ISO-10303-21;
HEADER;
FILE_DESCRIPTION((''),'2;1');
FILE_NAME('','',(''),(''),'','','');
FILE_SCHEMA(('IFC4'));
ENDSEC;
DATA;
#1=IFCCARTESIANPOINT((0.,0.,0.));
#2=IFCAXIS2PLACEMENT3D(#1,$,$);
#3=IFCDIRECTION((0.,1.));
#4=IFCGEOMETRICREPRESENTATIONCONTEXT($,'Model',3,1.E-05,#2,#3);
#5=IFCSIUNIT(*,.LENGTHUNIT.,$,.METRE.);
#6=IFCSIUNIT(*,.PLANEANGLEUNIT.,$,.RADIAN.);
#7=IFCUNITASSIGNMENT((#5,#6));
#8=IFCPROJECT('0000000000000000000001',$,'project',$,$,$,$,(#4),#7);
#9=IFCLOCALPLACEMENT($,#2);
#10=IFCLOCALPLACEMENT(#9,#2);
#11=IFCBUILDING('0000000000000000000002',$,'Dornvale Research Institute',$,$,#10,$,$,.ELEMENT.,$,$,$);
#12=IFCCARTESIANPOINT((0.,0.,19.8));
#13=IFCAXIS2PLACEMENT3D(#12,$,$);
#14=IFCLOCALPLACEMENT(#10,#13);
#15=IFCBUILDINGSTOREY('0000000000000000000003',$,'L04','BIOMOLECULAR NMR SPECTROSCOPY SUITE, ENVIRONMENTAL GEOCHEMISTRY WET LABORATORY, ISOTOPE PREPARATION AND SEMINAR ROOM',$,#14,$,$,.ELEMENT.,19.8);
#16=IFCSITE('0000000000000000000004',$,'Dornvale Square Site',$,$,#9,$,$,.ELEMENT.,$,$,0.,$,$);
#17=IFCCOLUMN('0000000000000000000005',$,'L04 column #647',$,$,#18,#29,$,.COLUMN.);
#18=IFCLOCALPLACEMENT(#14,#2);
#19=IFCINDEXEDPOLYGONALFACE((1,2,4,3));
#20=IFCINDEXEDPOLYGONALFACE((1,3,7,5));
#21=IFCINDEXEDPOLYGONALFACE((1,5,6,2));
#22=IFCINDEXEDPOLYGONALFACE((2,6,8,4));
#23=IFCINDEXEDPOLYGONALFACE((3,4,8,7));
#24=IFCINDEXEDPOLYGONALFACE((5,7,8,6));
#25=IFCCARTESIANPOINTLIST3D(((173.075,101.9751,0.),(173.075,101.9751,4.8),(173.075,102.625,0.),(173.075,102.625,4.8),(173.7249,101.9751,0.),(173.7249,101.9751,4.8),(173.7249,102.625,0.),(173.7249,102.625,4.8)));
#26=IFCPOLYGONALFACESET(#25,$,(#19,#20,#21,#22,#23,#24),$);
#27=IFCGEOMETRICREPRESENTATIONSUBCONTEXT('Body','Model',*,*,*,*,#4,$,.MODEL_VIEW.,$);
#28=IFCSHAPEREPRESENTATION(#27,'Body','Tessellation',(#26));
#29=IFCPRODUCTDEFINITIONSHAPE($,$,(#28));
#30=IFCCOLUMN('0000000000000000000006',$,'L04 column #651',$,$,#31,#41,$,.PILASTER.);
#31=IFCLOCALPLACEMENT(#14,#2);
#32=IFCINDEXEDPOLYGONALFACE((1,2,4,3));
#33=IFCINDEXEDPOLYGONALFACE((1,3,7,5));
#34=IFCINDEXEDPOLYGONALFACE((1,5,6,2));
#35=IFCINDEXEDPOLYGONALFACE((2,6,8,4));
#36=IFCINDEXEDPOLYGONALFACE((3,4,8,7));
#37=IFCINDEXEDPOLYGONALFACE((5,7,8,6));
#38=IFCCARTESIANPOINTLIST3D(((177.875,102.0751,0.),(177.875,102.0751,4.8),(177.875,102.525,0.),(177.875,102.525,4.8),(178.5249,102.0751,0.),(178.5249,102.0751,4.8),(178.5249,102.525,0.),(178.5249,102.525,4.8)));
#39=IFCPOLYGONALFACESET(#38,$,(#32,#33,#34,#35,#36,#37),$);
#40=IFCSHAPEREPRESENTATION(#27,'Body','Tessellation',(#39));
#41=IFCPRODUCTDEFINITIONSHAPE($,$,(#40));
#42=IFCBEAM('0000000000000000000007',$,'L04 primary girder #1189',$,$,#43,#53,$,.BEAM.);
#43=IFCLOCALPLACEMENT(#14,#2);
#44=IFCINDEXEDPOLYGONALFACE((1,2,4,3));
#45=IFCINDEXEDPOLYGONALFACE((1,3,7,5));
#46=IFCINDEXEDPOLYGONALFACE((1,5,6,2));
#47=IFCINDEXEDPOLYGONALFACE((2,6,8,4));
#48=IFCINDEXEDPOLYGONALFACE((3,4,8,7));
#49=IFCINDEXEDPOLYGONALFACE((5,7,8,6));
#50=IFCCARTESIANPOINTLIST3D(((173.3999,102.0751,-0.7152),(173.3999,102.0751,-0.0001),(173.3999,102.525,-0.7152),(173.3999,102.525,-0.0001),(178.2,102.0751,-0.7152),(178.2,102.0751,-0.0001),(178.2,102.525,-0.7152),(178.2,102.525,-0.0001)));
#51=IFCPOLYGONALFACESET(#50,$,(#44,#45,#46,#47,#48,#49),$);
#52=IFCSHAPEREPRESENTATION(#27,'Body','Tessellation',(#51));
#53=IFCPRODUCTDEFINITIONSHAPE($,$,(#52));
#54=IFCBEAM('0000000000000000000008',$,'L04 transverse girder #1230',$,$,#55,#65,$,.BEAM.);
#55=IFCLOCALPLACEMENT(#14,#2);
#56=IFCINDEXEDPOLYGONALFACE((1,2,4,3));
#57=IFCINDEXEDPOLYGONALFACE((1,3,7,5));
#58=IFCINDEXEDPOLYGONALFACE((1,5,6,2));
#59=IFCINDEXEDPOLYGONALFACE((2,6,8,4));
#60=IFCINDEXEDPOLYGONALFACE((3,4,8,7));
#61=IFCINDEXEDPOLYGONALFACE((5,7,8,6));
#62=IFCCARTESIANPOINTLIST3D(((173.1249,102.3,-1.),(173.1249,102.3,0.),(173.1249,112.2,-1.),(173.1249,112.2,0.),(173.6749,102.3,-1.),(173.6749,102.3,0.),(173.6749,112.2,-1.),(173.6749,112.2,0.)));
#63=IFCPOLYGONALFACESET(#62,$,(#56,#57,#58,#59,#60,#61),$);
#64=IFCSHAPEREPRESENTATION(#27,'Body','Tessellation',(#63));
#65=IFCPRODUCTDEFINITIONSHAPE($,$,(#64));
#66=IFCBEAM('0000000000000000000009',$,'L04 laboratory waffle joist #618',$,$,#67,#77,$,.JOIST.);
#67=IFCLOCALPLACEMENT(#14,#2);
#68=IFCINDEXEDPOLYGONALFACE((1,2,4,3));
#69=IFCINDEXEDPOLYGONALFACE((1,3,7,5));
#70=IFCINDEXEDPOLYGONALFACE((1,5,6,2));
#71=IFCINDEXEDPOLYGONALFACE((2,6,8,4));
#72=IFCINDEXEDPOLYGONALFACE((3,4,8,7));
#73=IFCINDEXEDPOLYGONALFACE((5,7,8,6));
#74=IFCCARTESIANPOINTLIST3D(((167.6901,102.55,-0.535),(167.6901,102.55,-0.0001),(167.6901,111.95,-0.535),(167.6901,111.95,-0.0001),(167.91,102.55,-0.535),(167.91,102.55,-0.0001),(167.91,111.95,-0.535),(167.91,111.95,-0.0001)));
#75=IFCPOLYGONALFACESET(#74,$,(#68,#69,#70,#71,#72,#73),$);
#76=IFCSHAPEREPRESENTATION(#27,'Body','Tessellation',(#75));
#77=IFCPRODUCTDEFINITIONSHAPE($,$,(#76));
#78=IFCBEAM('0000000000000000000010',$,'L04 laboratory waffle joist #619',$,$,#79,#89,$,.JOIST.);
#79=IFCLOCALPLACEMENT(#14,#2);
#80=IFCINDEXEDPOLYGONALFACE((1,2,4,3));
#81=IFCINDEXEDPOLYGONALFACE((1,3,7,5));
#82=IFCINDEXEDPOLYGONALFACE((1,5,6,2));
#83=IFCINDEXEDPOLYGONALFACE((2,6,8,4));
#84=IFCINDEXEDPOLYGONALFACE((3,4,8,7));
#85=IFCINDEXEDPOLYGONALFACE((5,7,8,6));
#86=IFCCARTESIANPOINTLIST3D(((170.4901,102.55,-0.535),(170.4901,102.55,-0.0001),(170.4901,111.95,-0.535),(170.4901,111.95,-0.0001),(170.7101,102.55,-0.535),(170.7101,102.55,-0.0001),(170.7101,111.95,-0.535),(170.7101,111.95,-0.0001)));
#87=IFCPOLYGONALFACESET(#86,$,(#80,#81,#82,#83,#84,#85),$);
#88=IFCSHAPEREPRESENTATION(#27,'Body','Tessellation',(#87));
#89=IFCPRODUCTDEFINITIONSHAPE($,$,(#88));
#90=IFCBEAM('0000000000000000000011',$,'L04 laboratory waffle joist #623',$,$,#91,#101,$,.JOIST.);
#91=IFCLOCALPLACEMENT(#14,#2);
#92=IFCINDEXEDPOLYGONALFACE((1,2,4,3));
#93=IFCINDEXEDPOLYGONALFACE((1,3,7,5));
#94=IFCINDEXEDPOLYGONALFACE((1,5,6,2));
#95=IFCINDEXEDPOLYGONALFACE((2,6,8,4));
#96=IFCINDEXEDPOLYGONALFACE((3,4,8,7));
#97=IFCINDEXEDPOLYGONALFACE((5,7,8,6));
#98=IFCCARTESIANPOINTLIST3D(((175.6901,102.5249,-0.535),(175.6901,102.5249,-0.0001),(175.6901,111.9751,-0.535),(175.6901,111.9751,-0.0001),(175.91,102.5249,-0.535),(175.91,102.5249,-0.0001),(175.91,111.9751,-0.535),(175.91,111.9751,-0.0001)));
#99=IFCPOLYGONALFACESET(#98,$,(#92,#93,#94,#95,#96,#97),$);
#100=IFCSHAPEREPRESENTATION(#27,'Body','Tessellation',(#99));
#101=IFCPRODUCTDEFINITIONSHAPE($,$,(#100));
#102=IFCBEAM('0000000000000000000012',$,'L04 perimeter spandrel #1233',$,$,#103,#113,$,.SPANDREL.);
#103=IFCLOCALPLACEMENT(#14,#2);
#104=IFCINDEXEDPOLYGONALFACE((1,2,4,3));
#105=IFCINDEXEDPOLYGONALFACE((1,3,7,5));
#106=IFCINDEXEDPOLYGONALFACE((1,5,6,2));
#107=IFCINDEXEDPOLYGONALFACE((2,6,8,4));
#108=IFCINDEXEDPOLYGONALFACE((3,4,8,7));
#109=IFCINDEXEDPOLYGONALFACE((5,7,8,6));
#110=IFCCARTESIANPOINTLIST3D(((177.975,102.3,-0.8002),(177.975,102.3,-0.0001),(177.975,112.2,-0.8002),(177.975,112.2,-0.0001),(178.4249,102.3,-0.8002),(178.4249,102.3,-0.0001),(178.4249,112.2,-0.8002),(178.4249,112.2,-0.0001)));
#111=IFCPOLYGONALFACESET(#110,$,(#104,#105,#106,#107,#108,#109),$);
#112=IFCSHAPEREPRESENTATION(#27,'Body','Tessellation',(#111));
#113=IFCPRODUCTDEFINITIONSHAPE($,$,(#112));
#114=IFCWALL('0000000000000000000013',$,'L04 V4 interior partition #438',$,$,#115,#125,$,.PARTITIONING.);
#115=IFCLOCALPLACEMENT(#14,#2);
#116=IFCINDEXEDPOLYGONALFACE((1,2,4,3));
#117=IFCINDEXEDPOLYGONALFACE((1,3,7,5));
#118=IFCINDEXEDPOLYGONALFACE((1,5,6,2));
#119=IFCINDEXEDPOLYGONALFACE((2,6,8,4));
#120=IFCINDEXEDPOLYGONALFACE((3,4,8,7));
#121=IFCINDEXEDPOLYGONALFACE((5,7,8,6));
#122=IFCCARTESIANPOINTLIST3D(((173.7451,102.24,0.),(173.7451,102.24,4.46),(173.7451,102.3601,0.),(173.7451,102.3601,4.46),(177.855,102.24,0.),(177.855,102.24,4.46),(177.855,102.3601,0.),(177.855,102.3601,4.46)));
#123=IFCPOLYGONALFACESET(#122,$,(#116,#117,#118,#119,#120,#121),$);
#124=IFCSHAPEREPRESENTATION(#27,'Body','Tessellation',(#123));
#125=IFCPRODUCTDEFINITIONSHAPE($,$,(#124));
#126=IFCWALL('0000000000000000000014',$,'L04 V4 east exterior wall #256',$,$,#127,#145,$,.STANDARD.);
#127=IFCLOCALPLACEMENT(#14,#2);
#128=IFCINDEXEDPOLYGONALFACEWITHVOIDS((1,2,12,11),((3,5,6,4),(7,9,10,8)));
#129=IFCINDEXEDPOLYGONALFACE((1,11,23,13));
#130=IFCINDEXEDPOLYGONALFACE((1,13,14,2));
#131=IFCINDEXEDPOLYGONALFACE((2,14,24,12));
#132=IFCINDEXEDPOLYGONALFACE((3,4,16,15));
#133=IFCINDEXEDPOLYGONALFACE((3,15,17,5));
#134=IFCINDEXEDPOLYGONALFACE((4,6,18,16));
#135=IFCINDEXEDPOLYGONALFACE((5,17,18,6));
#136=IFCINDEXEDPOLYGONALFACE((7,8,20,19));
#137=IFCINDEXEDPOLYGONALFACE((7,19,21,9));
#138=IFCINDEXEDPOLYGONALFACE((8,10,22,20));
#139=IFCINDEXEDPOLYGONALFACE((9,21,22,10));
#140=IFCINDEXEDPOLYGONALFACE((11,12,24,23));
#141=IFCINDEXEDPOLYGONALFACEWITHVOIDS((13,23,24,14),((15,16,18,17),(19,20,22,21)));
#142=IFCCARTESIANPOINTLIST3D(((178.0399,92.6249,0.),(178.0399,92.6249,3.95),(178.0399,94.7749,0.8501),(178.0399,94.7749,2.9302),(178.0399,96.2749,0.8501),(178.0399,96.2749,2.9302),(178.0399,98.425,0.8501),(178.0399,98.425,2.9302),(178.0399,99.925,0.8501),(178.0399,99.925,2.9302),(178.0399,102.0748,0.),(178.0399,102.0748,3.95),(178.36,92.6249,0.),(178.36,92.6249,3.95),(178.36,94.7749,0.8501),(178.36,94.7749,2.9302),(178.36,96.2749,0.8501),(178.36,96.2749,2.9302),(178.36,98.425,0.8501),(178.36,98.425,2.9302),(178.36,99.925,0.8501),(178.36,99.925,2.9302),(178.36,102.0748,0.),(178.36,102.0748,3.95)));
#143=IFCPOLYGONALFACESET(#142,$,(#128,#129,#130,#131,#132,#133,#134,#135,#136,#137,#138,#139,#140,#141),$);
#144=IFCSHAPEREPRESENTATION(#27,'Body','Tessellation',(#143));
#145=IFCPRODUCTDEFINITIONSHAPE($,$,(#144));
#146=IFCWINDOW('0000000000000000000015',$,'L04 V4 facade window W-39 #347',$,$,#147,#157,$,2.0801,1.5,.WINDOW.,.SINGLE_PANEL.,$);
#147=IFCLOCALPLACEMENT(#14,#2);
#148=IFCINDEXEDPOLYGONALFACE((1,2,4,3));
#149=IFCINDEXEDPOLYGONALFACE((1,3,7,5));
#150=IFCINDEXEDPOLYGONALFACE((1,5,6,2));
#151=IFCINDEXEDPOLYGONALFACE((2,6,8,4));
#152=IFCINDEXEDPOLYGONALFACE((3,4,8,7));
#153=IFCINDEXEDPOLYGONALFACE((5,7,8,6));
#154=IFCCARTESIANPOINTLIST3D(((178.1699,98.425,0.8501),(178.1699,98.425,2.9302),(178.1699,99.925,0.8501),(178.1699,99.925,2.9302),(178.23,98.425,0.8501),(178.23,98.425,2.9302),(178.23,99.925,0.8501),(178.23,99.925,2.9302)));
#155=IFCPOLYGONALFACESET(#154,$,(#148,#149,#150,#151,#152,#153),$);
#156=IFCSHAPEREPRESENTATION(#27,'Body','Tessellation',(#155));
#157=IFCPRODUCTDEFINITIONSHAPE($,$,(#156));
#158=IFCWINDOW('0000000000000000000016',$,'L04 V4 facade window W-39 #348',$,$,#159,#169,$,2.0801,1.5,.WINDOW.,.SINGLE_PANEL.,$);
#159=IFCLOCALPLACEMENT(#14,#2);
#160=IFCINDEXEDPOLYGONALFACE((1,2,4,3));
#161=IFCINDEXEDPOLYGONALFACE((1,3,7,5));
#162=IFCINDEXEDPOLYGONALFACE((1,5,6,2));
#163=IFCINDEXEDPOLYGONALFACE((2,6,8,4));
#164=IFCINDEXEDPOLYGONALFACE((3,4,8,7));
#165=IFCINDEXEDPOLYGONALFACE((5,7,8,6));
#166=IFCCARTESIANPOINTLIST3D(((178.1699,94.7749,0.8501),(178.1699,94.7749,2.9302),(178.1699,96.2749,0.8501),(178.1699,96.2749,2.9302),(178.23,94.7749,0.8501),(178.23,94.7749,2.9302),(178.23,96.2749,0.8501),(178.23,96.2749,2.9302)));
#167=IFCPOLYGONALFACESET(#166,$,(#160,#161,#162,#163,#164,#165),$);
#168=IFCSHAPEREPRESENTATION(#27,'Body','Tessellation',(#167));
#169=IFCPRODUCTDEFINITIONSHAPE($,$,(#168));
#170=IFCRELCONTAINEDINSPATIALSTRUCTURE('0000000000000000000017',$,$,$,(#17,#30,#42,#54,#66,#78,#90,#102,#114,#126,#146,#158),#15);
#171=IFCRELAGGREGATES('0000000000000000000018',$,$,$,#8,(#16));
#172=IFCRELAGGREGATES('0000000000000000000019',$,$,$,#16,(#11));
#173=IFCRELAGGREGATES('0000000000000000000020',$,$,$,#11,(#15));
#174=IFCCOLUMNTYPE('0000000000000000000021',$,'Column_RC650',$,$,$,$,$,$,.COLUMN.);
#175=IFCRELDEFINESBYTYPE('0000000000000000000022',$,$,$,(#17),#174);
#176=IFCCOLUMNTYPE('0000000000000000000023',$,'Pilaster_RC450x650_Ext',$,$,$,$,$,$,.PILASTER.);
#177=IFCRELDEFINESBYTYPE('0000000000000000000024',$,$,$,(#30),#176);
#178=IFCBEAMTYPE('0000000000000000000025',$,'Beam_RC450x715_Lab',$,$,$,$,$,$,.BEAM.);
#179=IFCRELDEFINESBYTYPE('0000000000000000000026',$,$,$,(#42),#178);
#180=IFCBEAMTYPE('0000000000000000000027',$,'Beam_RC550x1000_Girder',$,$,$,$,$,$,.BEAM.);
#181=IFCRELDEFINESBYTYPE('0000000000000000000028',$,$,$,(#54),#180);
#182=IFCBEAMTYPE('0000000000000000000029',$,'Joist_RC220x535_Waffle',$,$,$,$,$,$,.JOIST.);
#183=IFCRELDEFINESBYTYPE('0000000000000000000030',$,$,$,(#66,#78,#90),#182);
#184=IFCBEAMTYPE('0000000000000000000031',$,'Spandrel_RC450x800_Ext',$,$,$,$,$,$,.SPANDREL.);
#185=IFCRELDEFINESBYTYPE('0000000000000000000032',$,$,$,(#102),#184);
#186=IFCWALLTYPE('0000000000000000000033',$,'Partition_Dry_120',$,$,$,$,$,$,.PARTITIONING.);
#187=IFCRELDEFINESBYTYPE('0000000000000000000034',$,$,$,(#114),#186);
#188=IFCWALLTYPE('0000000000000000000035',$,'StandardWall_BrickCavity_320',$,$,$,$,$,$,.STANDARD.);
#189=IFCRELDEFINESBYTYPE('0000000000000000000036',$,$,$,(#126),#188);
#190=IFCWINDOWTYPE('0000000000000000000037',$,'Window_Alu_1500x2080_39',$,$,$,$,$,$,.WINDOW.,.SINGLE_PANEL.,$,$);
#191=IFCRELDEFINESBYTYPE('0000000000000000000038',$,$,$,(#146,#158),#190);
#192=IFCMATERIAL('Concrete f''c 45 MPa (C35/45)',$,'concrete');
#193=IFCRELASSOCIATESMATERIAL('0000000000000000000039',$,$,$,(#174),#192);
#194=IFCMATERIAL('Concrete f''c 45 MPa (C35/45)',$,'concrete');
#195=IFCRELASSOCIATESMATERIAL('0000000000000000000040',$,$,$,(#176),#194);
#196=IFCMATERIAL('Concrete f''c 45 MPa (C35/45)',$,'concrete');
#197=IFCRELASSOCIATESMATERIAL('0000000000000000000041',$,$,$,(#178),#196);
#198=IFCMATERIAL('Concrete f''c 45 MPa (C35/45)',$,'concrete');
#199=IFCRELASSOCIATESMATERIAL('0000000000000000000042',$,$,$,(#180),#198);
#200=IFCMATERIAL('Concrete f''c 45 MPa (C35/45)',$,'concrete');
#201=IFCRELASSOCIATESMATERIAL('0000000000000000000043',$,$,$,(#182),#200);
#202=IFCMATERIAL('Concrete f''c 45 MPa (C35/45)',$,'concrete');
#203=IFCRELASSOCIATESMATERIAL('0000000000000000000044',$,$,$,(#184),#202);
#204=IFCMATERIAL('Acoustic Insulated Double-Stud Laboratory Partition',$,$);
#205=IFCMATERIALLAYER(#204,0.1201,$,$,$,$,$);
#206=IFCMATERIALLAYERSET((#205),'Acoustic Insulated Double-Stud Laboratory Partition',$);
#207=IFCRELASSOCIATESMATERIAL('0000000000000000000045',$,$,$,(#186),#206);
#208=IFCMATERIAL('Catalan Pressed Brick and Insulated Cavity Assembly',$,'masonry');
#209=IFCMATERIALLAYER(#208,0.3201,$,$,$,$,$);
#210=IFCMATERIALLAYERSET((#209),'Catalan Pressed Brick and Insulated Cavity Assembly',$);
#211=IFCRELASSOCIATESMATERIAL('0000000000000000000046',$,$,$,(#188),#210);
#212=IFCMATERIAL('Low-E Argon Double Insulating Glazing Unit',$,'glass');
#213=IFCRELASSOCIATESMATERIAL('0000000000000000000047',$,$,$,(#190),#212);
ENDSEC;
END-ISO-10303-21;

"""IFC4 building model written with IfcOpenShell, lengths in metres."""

from ifc_helpers import new_model, si_unit, direction, frame, frame_2d, origin, origin_2d, place, context, subcontext, project, spatial, rectangle, extrude, material, layer, layer_set, material_profile, profile_set, type_object, element, fill, save


model = new_model("IFC4")

# Units and contexts
model_context = context("Model", 3, precision=1e-05, world=origin(), true_north=direction((0.0, 1.0)))
body_context = subcontext(model_context, "Body", "Model", "MODEL_VIEW")
ifc_project = project(units=[si_unit("LENGTHUNIT", "METRE"), si_unit("PLANEANGLEUNIT", "RADIAN")], contexts=[model_context])

# Site, building, storey
site_placement = place(None, origin())
site = spatial("IfcSite", under=ifc_project, at=site_placement, Name="Dornvale Square Site", CompositionType="ELEMENT", RefElevation=0.0)
building_placement = place(site_placement, origin())
building = spatial("IfcBuilding", under=site, at=building_placement, Name="Dornvale Research Institute", CompositionType="ELEMENT")
storey_placement = place(building_placement, frame((0.0, 0.0, 19.8)))
storey = spatial("IfcBuildingStorey", under=building, at=storey_placement, Name="L04", Description="BIOMOLECULAR NMR SPECTROSCOPY SUITE, ENVIRONMENTAL GEOCHEMISTRY WET LABORATORY, ISOTOPE PREPARATION AND SEMINAR ROOM", CompositionType="ELEMENT", Elevation=19.8)

# Columns
ifc_material_1 = material(Name="Concrete f'c 45 MPa (C35/45)", Category="concrete")
ifc_material_profile_1 = material_profile(ifc_material_1, rectangle(XDim=0.6499, YDim=0.6499, at=origin_2d()), Name="RC 650x650")
ifc_profile_set_1 = profile_set([ifc_material_profile_1], Name="Concrete f'c 45 MPa (C35/45)")
column_type_1 = type_object("IfcColumnType", Name="Column_RC650", PredefinedType="COLUMN", material=ifc_profile_set_1)
column_1_placement = place(storey_placement, frame((173.3999, 102.3, 0.0), z_axis=(0.0, 0.0, 1.0), x_axis=(1.0, 0.0, 0.0)))
element("IfcColumn", 1, at=column_1_placement, inside=storey, type_object=column_type_1, Name="L04 column #647", PredefinedType="COLUMN", context=body_context, shape_type="SweptSolid", body=[
    extrude(rectangle(XDim=0.6499, YDim=0.6499, at=origin_2d()), origin(), (0.0, 0.0, 1.0), 4.8),
])
ifc_material_2 = material(Name="Concrete f'c 45 MPa (C35/45)", Category="concrete")
ifc_material_profile_2 = material_profile(ifc_material_2, rectangle(XDim=0.45, YDim=0.6499, at=origin_2d()), Name="RC 450x650")
ifc_profile_set_2 = profile_set([ifc_material_profile_2], Name="Concrete f'c 45 MPa (C35/45)")
column_type_2 = type_object("IfcColumnType", Name="Pilaster_RC450x650_Ext", PredefinedType="PILASTER", material=ifc_profile_set_2)
column_2_placement = place(storey_placement, frame((178.2, 102.3, 0.0), z_axis=(0.0, 0.0, 1.0), x_axis=(0.0, 1.0, 0.0)))
element("IfcColumn", 2, at=column_2_placement, inside=storey, type_object=column_type_2, Name="L04 column #651", PredefinedType="PILASTER", context=body_context, shape_type="SweptSolid", body=[
    extrude(rectangle(XDim=0.45, YDim=0.6499, at=origin_2d()), origin(), (0.0, 0.0, 1.0), 4.8),
])

# Beams
ifc_material_3 = material(Name="Concrete f'c 45 MPa (C35/45)", Category="concrete")
ifc_material_profile_3 = material_profile(ifc_material_3, rectangle(XDim=0.45, YDim=0.7151, at=origin_2d()), Name="RC 450x715")
ifc_profile_set_3 = profile_set([ifc_material_profile_3], Name="Concrete f'c 45 MPa (C35/45)")
beam_type_1 = type_object("IfcBeamType", Name="Beam_RC450x715_Lab", PredefinedType="BEAM", material=ifc_profile_set_3)
beam_1_placement = place(storey_placement, frame((173.3999, 102.3, -0.3577), z_axis=(1.0, 0.0, 0.0), x_axis=(0.0, 1.0, 0.0)))
element("IfcBeam", 3, at=beam_1_placement, inside=storey, type_object=beam_type_1, Name="L04 primary girder #1189", PredefinedType="BEAM", context=body_context, shape_type="SweptSolid", body=[
    extrude(rectangle(XDim=0.45, YDim=0.7151, at=origin_2d()), origin(), (0.0, 0.0, 1.0), 4.8),
])
ifc_material_4 = material(Name="Concrete f'c 45 MPa (C35/45)", Category="concrete")
ifc_material_profile_4 = material_profile(ifc_material_4, rectangle(XDim=0.55, YDim=1.0, at=origin_2d()), Name="RC 550x1000")
ifc_profile_set_4 = profile_set([ifc_material_profile_4], Name="Concrete f'c 45 MPa (C35/45)")
beam_type_2 = type_object("IfcBeamType", Name="Beam_RC550x1000_Girder", PredefinedType="BEAM", material=ifc_profile_set_4)
beam_2_placement = place(storey_placement, frame((173.3999, 102.3, -0.5), z_axis=(0.0, 1.0, 0.0), x_axis=(-1.0, 0.0, 0.0)))
element("IfcBeam", 4, at=beam_2_placement, inside=storey, type_object=beam_type_2, Name="L04 transverse girder #1230", PredefinedType="BEAM", context=body_context, shape_type="SweptSolid", body=[
    extrude(rectangle(XDim=0.55, YDim=1.0, at=origin_2d()), origin(), (0.0, 0.0, 1.0), 9.8999),
])
ifc_material_5 = material(Name="Concrete f'c 45 MPa (C35/45)", Category="concrete")
ifc_material_profile_5 = material_profile(ifc_material_5, rectangle(XDim=0.22, YDim=0.5349, at=origin_2d()), Name="RC 220x535")
ifc_profile_set_5 = profile_set([ifc_material_profile_5], Name="Concrete f'c 45 MPa (C35/45)")
beam_type_3 = type_object("IfcBeamType", Name="Joist_RC220x535_Waffle", PredefinedType="JOIST", material=ifc_profile_set_5)
for number, where, z_axis, x_axis, name in (
    (5, (167.8, 102.55, -0.2676), (0.0, 1.0, 0.0), (-1.0, 0.0, 0.0), "L04 laboratory waffle joist #618"),
    (6, (170.6001, 102.55, -0.2676), (0.0, 1.0, 0.0), (-1.0, 0.0, 0.0), "L04 laboratory waffle joist #619"),
):
    element("IfcBeam", number, at=place(storey_placement, frame(where, z_axis=z_axis, x_axis=x_axis)), inside=storey, type_object=beam_type_3, Name=name, PredefinedType="JOIST", context=body_context, shape_type="SweptSolid", body=[
        extrude(rectangle(XDim=0.22, YDim=0.5349, at=origin_2d()), origin(), (0.0, 0.0, 1.0), 9.3999),
    ])
beam_3_placement = place(storey_placement, frame((175.8, 102.5249, -0.2676), z_axis=(0.0, 1.0, 0.0), x_axis=(-1.0, 0.0, 0.0)))
element("IfcBeam", 7, at=beam_3_placement, inside=storey, type_object=beam_type_3, Name="L04 laboratory waffle joist #623", PredefinedType="JOIST", context=body_context, shape_type="SweptSolid", body=[
    extrude(rectangle(XDim=0.22, YDim=0.5349, at=origin_2d()), origin(), (0.0, 0.0, 1.0), 9.4502),
])
ifc_material_6 = material(Name="Concrete f'c 45 MPa (C35/45)", Category="concrete")
ifc_material_profile_6 = material_profile(ifc_material_6, rectangle(XDim=0.45, YDim=0.8, at=origin_2d()), Name="RC 450x800")
ifc_profile_set_6 = profile_set([ifc_material_profile_6], Name="Concrete f'c 45 MPa (C35/45)")
beam_type_4 = type_object("IfcBeamType", Name="Spandrel_RC450x800_Ext", PredefinedType="SPANDREL", material=ifc_profile_set_6)
beam_4_placement = place(storey_placement, frame((178.2, 102.3, -0.4001), z_axis=(0.0, 1.0, 0.0), x_axis=(-1.0, 0.0, 0.0)))
element("IfcBeam", 8, at=beam_4_placement, inside=storey, type_object=beam_type_4, Name="L04 perimeter spandrel #1233", PredefinedType="SPANDREL", context=body_context, shape_type="SweptSolid", body=[
    extrude(rectangle(XDim=0.45, YDim=0.8, at=origin_2d()), origin(), (0.0, 0.0, 1.0), 9.8999),
])

# Wall
ifc_material_7 = material(Name="Acoustic Insulated Double-Stud Laboratory Partition")
ifc_layer_1 = layer(ifc_material_7, 0.1201)
ifc_layer_set_1 = layer_set([ifc_layer_1], Name="Acoustic Insulated Double-Stud Laboratory Partition")
wall_type_1 = type_object("IfcWallType", Name="Partition_Dry_120", PredefinedType="PARTITIONING", material=ifc_layer_set_1)
wall_1_placement = place(storey_placement, frame((173.7451, 102.3, 0.0), z_axis=(0.0, 0.0, 1.0), x_axis=(1.0, 0.0, 0.0)))
element("IfcWall", 9, at=wall_1_placement, inside=storey, type_object=wall_type_1, Name="L04 V4 interior partition #438", PredefinedType="PARTITIONING", context=body_context, shape_type="SweptSolid", body=[
    extrude(rectangle(XDim=4.1099, YDim=0.1201, at=frame_2d((2.0549, 0.0))), origin(), (0.0, 0.0, 1.0), 4.46),
])

# Wall, openings, windows
ifc_material_8 = material(Name="Catalan Pressed Brick and Insulated Cavity Assembly", Category="masonry")
ifc_layer_2 = layer(ifc_material_8, 0.3201)
ifc_layer_set_2 = layer_set([ifc_layer_2], Name="Catalan Pressed Brick and Insulated Cavity Assembly")
wall_type_2 = type_object("IfcWallType", Name="StandardWall_BrickCavity_320", PredefinedType="STANDARD", material=ifc_layer_set_2)
wall_2_placement = place(storey_placement, frame((178.2, 102.075, 0.0), z_axis=(0.0, 0.0, 1.0), x_axis=(0.0, -1.0, 0.0)))
wall_2 = element("IfcWall", 10, at=wall_2_placement, inside=storey, type_object=wall_type_2, Name="L04 V4 east exterior wall #256", PredefinedType="STANDARD", context=body_context, shape_type="SweptSolid", body=[
    extrude(rectangle(XDim=9.45, YDim=0.3201, at=frame_2d((4.7251, 0.0))), origin(), (0.0, 0.0, 1.0), 3.95),
])
opening_1_placement = place(wall_2_placement, frame((2.1499, 0.0, 0.8501)))
opening_1 = element("IfcOpeningElement", 11, at=opening_1_placement, cuts=wall_2, PredefinedType="OPENING", context=body_context, shape_type="SweptSolid", body=[
    extrude(rectangle(XDim=1.5, YDim=2.0801, at=frame_2d((0.75, 1.04))), frame((0.0, 0.175, 0.0), z_axis=(0.0, -1.0, 0.0), x_axis=(1.0, 0.0, 0.0)), (0.0, 0.0, 1.0), 0.3501),
])
opening_2_placement = place(wall_2_placement, frame((5.8, 0.0, 0.8501)))
opening_2 = element("IfcOpeningElement", 12, at=opening_2_placement, cuts=wall_2, PredefinedType="OPENING", context=body_context, shape_type="SweptSolid", body=[
    extrude(rectangle(XDim=1.5, YDim=2.0801, at=frame_2d((0.75, 1.04))), frame((0.0, 0.175, 0.0), z_axis=(0.0, -1.0, 0.0), x_axis=(1.0, 0.0, 0.0)), (0.0, 0.0, 1.0), 0.3501),
])
ifc_material_9 = material(Name="Low-E Argon Double Insulating Glazing Unit", Category="glass")
window_type = type_object("IfcWindowType", Name="Window_Alu_1500x2080_39", PartitioningType="SINGLE_PANEL", PredefinedType="WINDOW", material=ifc_material_9)
window_1_placement = place(opening_1_placement, origin())
window_1 = element("IfcWindow", 13, at=window_1_placement, inside=storey, type_object=window_type, Name="L04 V4 facade window W-39 #347", OverallHeight=2.0801, OverallWidth=1.5, PartitioningType="SINGLE_PANEL", PredefinedType="WINDOW", context=body_context, shape_type="SweptSolid", body=[
    extrude(rectangle(XDim=1.5, YDim=2.0801, at=frame_2d((0.75, 1.04))), frame((0.0, 0.03, 0.0), z_axis=(0.0, -1.0, 0.0), x_axis=(1.0, 0.0, 0.0)), (0.0, 0.0, 1.0), 0.0601),
])
fill(opening_1, window_1)
window_2_placement = place(opening_2_placement, origin())
window_2 = element("IfcWindow", 14, at=window_2_placement, inside=storey, type_object=window_type, Name="L04 V4 facade window W-39 #348", OverallHeight=2.0801, OverallWidth=1.5, PartitioningType="SINGLE_PANEL", PredefinedType="WINDOW", context=body_context, shape_type="SweptSolid", body=[
    extrude(rectangle(XDim=1.5, YDim=2.0801, at=frame_2d((0.75, 1.04))), frame((0.0, 0.03, 0.0), z_axis=(0.0, -1.0, 0.0), x_axis=(1.0, 0.0, 0.0)), (0.0, 0.0, 1.0), 0.0601),
])
fill(opening_2, window_2)

save(model, "model.ifc")
